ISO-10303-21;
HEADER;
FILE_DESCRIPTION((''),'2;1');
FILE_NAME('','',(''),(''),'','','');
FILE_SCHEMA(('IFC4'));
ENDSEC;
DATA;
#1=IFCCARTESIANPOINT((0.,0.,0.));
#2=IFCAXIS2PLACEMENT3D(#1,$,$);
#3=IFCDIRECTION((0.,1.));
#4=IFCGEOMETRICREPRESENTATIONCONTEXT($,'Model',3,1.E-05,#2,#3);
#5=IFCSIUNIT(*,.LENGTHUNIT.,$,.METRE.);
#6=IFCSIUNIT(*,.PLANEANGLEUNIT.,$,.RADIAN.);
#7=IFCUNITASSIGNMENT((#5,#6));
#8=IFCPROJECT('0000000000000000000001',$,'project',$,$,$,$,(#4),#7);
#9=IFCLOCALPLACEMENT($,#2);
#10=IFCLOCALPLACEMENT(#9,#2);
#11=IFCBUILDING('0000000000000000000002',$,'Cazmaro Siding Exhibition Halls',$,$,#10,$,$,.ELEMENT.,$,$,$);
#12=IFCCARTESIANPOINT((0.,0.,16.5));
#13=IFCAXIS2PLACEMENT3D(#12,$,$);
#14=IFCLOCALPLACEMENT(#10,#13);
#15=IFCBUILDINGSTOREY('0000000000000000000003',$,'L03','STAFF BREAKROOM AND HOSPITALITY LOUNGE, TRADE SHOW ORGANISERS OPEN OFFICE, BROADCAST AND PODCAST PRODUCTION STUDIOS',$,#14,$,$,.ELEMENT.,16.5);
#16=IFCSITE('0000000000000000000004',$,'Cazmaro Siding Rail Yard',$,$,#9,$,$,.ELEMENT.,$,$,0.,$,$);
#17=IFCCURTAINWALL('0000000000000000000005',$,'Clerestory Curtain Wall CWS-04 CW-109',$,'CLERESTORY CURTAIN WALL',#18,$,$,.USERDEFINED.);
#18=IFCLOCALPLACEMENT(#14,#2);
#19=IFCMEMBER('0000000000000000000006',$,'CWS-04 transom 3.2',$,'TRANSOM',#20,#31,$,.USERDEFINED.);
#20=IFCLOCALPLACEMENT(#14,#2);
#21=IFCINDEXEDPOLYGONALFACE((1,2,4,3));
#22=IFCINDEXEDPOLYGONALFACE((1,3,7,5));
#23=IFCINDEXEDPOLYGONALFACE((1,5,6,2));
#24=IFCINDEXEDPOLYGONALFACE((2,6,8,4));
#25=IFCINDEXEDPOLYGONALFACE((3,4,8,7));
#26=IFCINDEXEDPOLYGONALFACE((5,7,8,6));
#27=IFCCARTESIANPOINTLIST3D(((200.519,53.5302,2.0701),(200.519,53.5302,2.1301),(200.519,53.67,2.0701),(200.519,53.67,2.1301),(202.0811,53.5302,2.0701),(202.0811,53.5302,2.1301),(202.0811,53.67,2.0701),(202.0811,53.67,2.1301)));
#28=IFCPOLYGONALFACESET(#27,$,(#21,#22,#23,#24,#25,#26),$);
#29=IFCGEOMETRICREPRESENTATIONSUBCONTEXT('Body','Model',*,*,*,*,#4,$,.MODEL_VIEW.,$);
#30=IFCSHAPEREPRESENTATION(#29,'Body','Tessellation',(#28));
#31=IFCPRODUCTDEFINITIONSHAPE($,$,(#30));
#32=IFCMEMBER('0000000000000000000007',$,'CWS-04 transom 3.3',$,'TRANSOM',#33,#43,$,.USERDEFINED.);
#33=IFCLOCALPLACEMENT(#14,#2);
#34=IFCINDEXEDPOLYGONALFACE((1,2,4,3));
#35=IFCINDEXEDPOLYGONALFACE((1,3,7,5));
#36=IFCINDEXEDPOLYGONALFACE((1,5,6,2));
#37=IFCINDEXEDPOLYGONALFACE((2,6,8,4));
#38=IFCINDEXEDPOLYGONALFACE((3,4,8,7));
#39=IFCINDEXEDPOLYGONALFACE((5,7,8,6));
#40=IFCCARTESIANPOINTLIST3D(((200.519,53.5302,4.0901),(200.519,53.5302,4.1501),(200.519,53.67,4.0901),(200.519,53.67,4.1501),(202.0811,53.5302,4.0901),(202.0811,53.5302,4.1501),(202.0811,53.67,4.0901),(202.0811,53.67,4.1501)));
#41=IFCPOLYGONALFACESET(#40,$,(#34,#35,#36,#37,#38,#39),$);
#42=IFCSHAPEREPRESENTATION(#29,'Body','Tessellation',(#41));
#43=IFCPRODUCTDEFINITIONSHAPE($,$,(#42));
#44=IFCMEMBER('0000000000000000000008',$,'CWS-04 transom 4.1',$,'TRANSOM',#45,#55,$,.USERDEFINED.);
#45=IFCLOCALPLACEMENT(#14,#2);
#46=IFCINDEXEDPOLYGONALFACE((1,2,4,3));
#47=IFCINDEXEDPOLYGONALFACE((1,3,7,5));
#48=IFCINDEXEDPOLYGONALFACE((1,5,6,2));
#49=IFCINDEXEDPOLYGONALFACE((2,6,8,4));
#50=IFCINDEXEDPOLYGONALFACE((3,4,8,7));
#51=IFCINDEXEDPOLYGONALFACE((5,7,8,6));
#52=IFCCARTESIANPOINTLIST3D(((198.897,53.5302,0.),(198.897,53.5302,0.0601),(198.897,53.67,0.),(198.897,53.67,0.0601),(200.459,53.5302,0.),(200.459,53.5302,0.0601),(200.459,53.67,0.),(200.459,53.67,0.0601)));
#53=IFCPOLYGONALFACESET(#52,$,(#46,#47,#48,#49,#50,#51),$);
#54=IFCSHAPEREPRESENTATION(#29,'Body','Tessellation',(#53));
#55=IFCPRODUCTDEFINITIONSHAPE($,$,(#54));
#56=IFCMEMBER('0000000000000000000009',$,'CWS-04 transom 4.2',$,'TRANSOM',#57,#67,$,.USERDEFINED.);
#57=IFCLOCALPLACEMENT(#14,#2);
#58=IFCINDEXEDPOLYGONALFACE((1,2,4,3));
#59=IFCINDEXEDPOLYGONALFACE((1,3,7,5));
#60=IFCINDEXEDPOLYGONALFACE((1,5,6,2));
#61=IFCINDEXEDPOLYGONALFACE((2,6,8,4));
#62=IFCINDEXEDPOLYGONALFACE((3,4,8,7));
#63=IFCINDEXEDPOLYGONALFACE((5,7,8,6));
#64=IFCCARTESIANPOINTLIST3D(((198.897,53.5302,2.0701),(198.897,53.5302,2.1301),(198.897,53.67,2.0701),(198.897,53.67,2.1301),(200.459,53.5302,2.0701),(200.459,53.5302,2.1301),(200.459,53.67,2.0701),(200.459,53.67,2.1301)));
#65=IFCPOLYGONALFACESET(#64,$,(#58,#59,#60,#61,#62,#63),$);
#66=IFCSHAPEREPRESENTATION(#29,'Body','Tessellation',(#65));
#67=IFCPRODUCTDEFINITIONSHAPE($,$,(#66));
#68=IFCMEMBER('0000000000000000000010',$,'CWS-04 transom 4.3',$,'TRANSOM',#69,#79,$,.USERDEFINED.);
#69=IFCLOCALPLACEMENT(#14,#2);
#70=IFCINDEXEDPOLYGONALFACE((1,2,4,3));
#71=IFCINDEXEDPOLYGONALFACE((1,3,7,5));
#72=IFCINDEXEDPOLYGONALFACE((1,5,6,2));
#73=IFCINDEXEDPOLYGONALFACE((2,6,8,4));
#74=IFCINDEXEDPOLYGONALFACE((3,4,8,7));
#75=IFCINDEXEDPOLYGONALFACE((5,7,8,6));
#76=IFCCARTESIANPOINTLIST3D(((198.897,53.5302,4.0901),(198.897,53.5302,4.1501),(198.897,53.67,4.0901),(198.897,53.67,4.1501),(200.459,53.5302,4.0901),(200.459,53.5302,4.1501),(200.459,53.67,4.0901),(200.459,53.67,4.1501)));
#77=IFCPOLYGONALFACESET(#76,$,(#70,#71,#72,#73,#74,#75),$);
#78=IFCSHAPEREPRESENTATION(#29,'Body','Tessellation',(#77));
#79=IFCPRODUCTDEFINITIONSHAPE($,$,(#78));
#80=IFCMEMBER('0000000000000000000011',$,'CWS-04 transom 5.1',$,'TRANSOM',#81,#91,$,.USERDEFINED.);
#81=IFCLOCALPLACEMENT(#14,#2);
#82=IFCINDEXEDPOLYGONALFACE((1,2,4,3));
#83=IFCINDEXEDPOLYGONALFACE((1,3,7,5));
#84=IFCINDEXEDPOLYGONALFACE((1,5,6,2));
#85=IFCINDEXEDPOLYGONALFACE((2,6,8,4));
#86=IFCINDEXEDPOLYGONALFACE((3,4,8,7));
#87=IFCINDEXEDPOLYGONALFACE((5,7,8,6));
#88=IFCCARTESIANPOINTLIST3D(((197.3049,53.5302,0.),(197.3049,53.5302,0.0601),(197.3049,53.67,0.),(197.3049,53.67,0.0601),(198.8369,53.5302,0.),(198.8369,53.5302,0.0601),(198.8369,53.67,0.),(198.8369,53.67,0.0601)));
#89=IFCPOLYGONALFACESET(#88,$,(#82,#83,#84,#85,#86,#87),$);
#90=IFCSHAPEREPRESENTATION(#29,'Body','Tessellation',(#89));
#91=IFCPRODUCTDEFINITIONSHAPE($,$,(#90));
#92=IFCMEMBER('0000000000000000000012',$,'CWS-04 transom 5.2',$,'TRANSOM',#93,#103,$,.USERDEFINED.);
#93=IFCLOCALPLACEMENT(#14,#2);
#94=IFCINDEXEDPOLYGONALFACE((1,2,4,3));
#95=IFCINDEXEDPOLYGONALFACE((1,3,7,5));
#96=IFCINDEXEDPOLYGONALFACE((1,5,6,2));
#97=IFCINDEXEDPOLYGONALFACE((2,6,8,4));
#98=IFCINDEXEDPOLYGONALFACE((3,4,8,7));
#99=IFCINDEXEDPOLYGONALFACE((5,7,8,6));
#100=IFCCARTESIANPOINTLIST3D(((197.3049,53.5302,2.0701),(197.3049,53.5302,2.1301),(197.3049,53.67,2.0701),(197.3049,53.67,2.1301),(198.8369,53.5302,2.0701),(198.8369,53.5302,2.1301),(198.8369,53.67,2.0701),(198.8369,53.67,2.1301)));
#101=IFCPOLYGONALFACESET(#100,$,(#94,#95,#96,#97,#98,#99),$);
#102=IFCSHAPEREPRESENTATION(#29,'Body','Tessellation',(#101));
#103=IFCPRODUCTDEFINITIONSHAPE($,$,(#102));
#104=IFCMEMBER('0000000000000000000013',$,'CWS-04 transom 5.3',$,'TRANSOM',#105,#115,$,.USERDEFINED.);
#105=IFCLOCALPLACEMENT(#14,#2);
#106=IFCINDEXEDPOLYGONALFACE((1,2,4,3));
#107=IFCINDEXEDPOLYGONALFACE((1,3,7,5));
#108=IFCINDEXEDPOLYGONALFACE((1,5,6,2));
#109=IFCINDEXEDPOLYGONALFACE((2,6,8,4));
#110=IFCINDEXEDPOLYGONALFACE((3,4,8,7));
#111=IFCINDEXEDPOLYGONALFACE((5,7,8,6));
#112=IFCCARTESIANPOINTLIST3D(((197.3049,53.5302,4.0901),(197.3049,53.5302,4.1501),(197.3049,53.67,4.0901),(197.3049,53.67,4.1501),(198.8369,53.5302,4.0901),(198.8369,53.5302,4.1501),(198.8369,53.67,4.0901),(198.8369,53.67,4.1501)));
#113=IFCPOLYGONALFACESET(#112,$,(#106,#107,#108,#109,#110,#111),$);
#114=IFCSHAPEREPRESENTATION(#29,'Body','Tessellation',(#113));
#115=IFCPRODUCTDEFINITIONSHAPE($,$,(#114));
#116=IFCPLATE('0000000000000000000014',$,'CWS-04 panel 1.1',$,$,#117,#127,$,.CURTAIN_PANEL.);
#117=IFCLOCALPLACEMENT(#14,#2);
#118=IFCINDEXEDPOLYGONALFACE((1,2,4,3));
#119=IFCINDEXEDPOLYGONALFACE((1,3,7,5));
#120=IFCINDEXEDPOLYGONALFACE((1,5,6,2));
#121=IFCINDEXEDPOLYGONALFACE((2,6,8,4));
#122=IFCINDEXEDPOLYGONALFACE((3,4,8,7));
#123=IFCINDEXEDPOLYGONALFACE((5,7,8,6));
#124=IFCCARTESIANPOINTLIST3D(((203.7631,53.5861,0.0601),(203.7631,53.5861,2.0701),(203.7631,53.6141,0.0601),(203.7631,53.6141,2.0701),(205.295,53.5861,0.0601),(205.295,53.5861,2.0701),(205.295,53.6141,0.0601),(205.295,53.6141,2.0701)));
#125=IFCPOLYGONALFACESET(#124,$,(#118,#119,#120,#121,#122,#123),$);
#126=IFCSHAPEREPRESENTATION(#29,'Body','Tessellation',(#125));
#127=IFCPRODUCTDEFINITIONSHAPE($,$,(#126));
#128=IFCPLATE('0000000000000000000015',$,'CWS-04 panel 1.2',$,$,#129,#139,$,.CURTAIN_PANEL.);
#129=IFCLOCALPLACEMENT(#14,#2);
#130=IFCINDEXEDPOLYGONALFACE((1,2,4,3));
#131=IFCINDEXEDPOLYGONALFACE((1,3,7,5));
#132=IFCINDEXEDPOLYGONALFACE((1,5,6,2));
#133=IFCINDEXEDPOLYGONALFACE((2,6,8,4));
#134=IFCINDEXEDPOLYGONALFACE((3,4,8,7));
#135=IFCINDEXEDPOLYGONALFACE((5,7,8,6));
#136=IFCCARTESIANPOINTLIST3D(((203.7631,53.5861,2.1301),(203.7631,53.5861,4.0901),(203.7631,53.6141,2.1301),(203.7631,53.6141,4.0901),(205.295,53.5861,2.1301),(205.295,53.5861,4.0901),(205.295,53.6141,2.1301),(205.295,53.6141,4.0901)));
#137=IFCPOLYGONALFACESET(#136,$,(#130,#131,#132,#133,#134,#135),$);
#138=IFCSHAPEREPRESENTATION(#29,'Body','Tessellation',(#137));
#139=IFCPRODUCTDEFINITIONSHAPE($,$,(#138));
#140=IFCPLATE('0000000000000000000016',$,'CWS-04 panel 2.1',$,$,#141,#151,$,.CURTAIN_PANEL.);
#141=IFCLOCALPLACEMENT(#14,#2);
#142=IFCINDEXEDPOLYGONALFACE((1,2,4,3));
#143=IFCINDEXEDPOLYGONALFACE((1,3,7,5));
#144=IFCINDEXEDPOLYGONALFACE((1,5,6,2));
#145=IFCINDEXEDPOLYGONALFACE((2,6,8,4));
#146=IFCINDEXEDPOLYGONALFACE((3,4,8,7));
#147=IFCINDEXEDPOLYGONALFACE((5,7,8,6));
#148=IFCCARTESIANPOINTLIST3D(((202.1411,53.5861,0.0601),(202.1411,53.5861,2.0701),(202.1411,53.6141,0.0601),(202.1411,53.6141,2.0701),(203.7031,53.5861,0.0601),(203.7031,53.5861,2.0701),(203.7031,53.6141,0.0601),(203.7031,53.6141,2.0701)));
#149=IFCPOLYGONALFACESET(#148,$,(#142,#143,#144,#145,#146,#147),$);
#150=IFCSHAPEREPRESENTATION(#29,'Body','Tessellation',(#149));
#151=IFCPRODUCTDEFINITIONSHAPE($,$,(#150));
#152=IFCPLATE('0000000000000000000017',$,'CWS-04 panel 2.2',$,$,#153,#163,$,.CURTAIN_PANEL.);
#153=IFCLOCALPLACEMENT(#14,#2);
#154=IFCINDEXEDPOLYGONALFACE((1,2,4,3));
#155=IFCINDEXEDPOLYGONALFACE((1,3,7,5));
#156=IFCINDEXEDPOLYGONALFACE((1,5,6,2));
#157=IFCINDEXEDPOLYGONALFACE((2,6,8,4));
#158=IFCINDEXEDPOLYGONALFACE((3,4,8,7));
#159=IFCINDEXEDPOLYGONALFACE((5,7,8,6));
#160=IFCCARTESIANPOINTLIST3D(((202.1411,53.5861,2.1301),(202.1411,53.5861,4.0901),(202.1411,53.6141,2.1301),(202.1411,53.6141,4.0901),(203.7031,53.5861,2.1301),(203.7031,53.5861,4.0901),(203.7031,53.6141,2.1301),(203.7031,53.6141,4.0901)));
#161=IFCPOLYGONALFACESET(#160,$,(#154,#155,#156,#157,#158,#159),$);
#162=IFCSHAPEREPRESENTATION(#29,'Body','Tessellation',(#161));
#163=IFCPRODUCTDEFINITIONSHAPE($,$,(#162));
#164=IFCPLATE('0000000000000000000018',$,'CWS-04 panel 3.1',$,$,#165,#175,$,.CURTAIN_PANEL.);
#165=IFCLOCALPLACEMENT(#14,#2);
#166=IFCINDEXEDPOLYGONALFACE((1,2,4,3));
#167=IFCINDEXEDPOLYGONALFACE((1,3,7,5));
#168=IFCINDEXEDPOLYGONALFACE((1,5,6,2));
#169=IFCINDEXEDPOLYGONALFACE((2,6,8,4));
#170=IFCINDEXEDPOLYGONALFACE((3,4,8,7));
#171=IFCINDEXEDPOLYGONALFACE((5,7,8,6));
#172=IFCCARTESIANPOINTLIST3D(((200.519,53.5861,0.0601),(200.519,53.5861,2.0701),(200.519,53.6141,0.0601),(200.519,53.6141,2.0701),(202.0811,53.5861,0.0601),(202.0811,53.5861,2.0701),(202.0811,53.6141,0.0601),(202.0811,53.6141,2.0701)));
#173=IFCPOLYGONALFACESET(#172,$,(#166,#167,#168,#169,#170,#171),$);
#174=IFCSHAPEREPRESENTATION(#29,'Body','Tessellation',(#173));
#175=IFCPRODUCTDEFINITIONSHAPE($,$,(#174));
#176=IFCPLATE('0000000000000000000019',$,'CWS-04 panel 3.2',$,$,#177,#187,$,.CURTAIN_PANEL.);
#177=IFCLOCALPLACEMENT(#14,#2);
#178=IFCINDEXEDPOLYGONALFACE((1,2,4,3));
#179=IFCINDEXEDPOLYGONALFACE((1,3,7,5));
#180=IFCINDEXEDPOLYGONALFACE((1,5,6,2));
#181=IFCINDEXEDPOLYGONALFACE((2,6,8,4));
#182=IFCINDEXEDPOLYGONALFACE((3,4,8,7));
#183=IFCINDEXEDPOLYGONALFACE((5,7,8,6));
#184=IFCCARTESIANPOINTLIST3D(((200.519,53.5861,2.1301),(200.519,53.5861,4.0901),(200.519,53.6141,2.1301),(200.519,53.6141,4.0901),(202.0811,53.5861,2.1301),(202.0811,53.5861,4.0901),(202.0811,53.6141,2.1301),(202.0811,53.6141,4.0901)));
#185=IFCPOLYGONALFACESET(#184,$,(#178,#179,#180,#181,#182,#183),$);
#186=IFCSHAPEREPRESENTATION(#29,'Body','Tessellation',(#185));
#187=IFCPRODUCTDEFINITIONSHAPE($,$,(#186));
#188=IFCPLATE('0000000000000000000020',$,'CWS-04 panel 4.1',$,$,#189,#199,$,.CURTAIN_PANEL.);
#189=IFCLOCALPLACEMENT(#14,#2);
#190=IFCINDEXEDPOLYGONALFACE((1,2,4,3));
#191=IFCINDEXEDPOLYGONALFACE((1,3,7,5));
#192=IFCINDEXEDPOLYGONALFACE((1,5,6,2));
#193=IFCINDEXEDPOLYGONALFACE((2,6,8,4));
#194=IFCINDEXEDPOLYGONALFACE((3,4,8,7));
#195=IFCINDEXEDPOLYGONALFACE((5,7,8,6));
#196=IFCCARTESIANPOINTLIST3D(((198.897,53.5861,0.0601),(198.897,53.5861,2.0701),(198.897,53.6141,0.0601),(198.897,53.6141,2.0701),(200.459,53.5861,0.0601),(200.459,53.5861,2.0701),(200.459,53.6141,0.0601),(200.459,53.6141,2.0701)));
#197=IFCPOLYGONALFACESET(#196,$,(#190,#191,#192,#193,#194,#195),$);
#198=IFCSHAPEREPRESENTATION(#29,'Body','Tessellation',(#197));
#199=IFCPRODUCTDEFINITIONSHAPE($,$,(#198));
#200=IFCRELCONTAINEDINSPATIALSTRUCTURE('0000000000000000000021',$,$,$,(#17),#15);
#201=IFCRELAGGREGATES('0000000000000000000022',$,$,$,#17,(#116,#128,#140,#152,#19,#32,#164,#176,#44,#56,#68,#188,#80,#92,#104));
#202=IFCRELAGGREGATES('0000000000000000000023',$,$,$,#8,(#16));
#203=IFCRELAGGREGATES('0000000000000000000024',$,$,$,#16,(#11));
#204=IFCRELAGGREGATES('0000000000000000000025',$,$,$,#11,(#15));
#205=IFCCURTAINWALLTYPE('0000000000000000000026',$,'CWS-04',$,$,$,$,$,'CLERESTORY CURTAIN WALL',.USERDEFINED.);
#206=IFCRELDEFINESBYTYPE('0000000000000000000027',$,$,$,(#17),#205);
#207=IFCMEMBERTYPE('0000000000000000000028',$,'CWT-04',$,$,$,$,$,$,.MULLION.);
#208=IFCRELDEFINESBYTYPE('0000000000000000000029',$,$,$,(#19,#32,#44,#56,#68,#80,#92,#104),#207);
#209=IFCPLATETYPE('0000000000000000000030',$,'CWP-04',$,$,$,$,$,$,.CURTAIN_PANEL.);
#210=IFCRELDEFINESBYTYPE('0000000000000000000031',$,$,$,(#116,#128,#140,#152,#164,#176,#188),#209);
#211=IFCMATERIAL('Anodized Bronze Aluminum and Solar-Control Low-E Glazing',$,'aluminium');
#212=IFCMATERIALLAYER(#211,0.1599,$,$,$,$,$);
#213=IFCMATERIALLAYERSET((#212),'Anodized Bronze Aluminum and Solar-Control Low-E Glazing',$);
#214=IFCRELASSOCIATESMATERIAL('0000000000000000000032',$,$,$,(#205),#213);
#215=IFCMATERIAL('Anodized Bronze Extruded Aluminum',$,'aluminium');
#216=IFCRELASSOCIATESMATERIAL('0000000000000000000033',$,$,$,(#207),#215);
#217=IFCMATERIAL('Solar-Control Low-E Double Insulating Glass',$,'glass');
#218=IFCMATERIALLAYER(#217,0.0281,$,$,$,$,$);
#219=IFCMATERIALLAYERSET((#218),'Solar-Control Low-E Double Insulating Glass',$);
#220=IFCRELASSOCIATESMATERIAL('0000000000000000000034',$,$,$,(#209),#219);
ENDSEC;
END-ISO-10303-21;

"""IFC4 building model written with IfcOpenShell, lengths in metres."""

from ifc_helpers import new_model, si_unit, direction, frame, origin, origin_2d, place, context, subcontext, project, spatial, rectangle, extrude, material, layer, layer_set, material_profile, profile_set, type_object, element, aggregate, save


model = new_model("IFC4")

# Units and contexts
model_context = context("Model", 3, precision=1e-05, world=origin(), true_north=direction((0.0, 1.0)))
body_context = subcontext(model_context, "Body", "Model", "MODEL_VIEW")
ifc_project = project(units=[si_unit("LENGTHUNIT", "METRE"), si_unit("PLANEANGLEUNIT", "RADIAN")], contexts=[model_context])

# Site, building, storey
site_placement = place(None, origin())
site = spatial("IfcSite", under=ifc_project, at=site_placement, Name="Cazmaro Siding Rail Yard", CompositionType="ELEMENT", RefElevation=0.0)
building_placement = place(site_placement, origin())
building = spatial("IfcBuilding", under=site, at=building_placement, Name="Cazmaro Siding Exhibition Halls", CompositionType="ELEMENT")
storey_placement = place(building_placement, frame((0.0, 0.0, 16.5)))
storey = spatial("IfcBuildingStorey", under=building, at=storey_placement, Name="L03", Description="STAFF BREAKROOM AND HOSPITALITY LOUNGE, TRADE SHOW ORGANISERS OPEN OFFICE, BROADCAST AND PODCAST PRODUCTION STUDIOS", CompositionType="ELEMENT", Elevation=16.5)

# Curtain wall, members, plates
ifc_material_1 = material(Name="Anodized Bronze Aluminum and Solar-Control Low-E Glazing", Category="aluminium")
ifc_layer_1 = layer(ifc_material_1, 0.1599)
ifc_layer_set_1 = layer_set([ifc_layer_1], Name="Anodized Bronze Aluminum and Solar-Control Low-E Glazing")
curtain_wall_type = type_object("IfcCurtainWallType", Name="CWS-04", ElementType="CLERESTORY CURTAIN WALL", PredefinedType="USERDEFINED", material=ifc_layer_set_1)
curtain_wall_placement = place(storey_placement, origin())
curtain_wall = element("IfcCurtainWall", 1, at=curtain_wall_placement, inside=storey, type_object=curtain_wall_type, Name="Clerestory Curtain Wall CWS-04 CW-109", ObjectType="CLERESTORY CURTAIN WALL", PredefinedType="USERDEFINED")
ifc_material_2 = material(Name="Anodized Bronze Extruded Aluminum", Category="aluminium")
ifc_material_profile_1 = material_profile(ifc_material_2, rectangle(XDim=0.1399, YDim=0.0601, at=origin_2d()), Name="CWT-04")
ifc_profile_set_1 = profile_set([ifc_material_profile_1], Name="Anodized Bronze Extruded Aluminum")
member_type_1 = type_object("IfcMemberType", Name="CWT-04", PredefinedType="MULLION", material=ifc_profile_set_1)
member_1_placement = place(storey_placement, frame((202.0811, 53.6001, 2.1001), z_axis=(-1.0, 0.0, 0.0), x_axis=(0.0, -1.0, 0.0)))
member_1 = element("IfcMember", 2, at=member_1_placement, type_object=member_type_1, Name="CWS-04 transom 3.2", ObjectType="TRANSOM", PredefinedType="USERDEFINED", context=body_context, shape_type="SweptSolid", body=[
    extrude(rectangle(XDim=0.1399, YDim=0.0601, at=origin_2d()), origin(), (0.0, 0.0, 1.0), 1.562),
])
member_2_placement = place(storey_placement, frame((202.0811, 53.6001, 4.1201), z_axis=(-1.0, 0.0, 0.0), x_axis=(0.0, -1.0, 0.0)))
member_2 = element("IfcMember", 3, at=member_2_placement, type_object=member_type_1, Name="CWS-04 transom 3.3", ObjectType="TRANSOM", PredefinedType="USERDEFINED", context=body_context, shape_type="SweptSolid", body=[
    extrude(rectangle(XDim=0.1399, YDim=0.0601, at=origin_2d()), origin(), (0.0, 0.0, 1.0), 1.562),
])
member_3_placement = place(storey_placement, frame((200.459, 53.6001, 0.03), z_axis=(-1.0, 0.0, 0.0), x_axis=(0.0, -1.0, 0.0)))
member_3 = element("IfcMember", 4, at=member_3_placement, type_object=member_type_1, Name="CWS-04 transom 4.1", ObjectType="TRANSOM", PredefinedType="USERDEFINED", context=body_context, shape_type="SweptSolid", body=[
    extrude(rectangle(XDim=0.1399, YDim=0.0601, at=origin_2d()), origin(), (0.0, 0.0, 1.0), 1.562),
])
member_4_placement = place(storey_placement, frame((200.459, 53.6001, 2.1001), z_axis=(-1.0, 0.0, 0.0), x_axis=(0.0, -1.0, 0.0)))
member_4 = element("IfcMember", 5, at=member_4_placement, type_object=member_type_1, Name="CWS-04 transom 4.2", ObjectType="TRANSOM", PredefinedType="USERDEFINED", context=body_context, shape_type="SweptSolid", body=[
    extrude(rectangle(XDim=0.1399, YDim=0.0601, at=origin_2d()), origin(), (0.0, 0.0, 1.0), 1.562),
])
member_5_placement = place(storey_placement, frame((200.459, 53.6001, 4.1201), z_axis=(-1.0, 0.0, 0.0), x_axis=(0.0, -1.0, 0.0)))
member_5 = element("IfcMember", 6, at=member_5_placement, type_object=member_type_1, Name="CWS-04 transom 4.3", ObjectType="TRANSOM", PredefinedType="USERDEFINED", context=body_context, shape_type="SweptSolid", body=[
    extrude(rectangle(XDim=0.1399, YDim=0.0601, at=origin_2d()), origin(), (0.0, 0.0, 1.0), 1.562),
])
member_6_placement = place(storey_placement, frame((198.8369, 53.6001, 0.03), z_axis=(-1.0, 0.0, 0.0), x_axis=(0.0, -1.0, 0.0)))
member_6 = element("IfcMember", 7, at=member_6_placement, type_object=member_type_1, Name="CWS-04 transom 5.1", ObjectType="TRANSOM", PredefinedType="USERDEFINED", context=body_context, shape_type="SweptSolid", body=[
    extrude(rectangle(XDim=0.1399, YDim=0.0601, at=origin_2d()), origin(), (0.0, 0.0, 1.0), 1.532),
])
member_7_placement = place(storey_placement, frame((198.8369, 53.6001, 2.1001), z_axis=(-1.0, 0.0, 0.0), x_axis=(0.0, -1.0, 0.0)))
member_7 = element("IfcMember", 8, at=member_7_placement, type_object=member_type_1, Name="CWS-04 transom 5.2", ObjectType="TRANSOM", PredefinedType="USERDEFINED", context=body_context, shape_type="SweptSolid", body=[
    extrude(rectangle(XDim=0.1399, YDim=0.0601, at=origin_2d()), origin(), (0.0, 0.0, 1.0), 1.532),
])
member_8_placement = place(storey_placement, frame((198.8369, 53.6001, 4.1201), z_axis=(-1.0, 0.0, 0.0), x_axis=(0.0, -1.0, 0.0)))
member_8 = element("IfcMember", 9, at=member_8_placement, type_object=member_type_1, Name="CWS-04 transom 5.3", ObjectType="TRANSOM", PredefinedType="USERDEFINED", context=body_context, shape_type="SweptSolid", body=[
    extrude(rectangle(XDim=0.1399, YDim=0.0601, at=origin_2d()), origin(), (0.0, 0.0, 1.0), 1.532),
])
ifc_material_3 = material(Name="Solar-Control Low-E Double Insulating Glass", Category="glass")
ifc_layer_2 = layer(ifc_material_3, 0.0281)
ifc_layer_set_2 = layer_set([ifc_layer_2], Name="Solar-Control Low-E Double Insulating Glass")
plate_type = type_object("IfcPlateType", Name="CWP-04", PredefinedType="CURTAIN_PANEL", material=ifc_layer_set_2)
plate_1_placement = place(storey_placement, frame((204.5291, 53.6001, 0.0601), z_axis=(0.0, 0.0, 1.0), x_axis=(-1.0, 0.0, 0.0)))
plate_1 = element("IfcPlate", 10, at=plate_1_placement, type_object=plate_type, Name="CWS-04 panel 1.1", PredefinedType="CURTAIN_PANEL", context=body_context, shape_type="SweptSolid", body=[
    extrude(rectangle(XDim=1.532, YDim=0.0281, at=origin_2d()), origin(), (0.0, 0.0, 1.0), 2.01),
])
plate_2_placement = place(storey_placement, frame((204.5291, 53.6001, 2.1301), z_axis=(0.0, 0.0, 1.0), x_axis=(-1.0, 0.0, 0.0)))
plate_2 = element("IfcPlate", 11, at=plate_2_placement, type_object=plate_type, Name="CWS-04 panel 1.2", PredefinedType="CURTAIN_PANEL", context=body_context, shape_type="SweptSolid", body=[
    extrude(rectangle(XDim=1.532, YDim=0.0281, at=origin_2d()), origin(), (0.0, 0.0, 1.0), 1.96),
])
plate_3_placement = place(storey_placement, frame((202.9221, 53.6001, 0.0601), z_axis=(0.0, 0.0, 1.0), x_axis=(-1.0, 0.0, 0.0)))
plate_3 = element("IfcPlate", 12, at=plate_3_placement, type_object=plate_type, Name="CWS-04 panel 2.1", PredefinedType="CURTAIN_PANEL", context=body_context, shape_type="SweptSolid", body=[
    extrude(rectangle(XDim=1.562, YDim=0.0281, at=origin_2d()), origin(), (0.0, 0.0, 1.0), 2.01),
])
plate_4_placement = place(storey_placement, frame((202.9221, 53.6001, 2.1301), z_axis=(0.0, 0.0, 1.0), x_axis=(-1.0, 0.0, 0.0)))
plate_4 = element("IfcPlate", 13, at=plate_4_placement, type_object=plate_type, Name="CWS-04 panel 2.2", PredefinedType="CURTAIN_PANEL", context=body_context, shape_type="SweptSolid", body=[
    extrude(rectangle(XDim=1.562, YDim=0.0281, at=origin_2d()), origin(), (0.0, 0.0, 1.0), 1.96),
])
plate_5_placement = place(storey_placement, frame((201.3, 53.6001, 0.0601), z_axis=(0.0, 0.0, 1.0), x_axis=(-1.0, 0.0, 0.0)))
plate_5 = element("IfcPlate", 14, at=plate_5_placement, type_object=plate_type, Name="CWS-04 panel 3.1", PredefinedType="CURTAIN_PANEL", context=body_context, shape_type="SweptSolid", body=[
    extrude(rectangle(XDim=1.562, YDim=0.0281, at=origin_2d()), origin(), (0.0, 0.0, 1.0), 2.01),
])
plate_6_placement = place(storey_placement, frame((201.3, 53.6001, 2.1301), z_axis=(0.0, 0.0, 1.0), x_axis=(-1.0, 0.0, 0.0)))
plate_6 = element("IfcPlate", 15, at=plate_6_placement, type_object=plate_type, Name="CWS-04 panel 3.2", PredefinedType="CURTAIN_PANEL", context=body_context, shape_type="SweptSolid", body=[
    extrude(rectangle(XDim=1.562, YDim=0.0281, at=origin_2d()), origin(), (0.0, 0.0, 1.0), 1.96),
])
plate_7_placement = place(storey_placement, frame((199.678, 53.6001, 0.0601), z_axis=(0.0, 0.0, 1.0), x_axis=(-1.0, 0.0, 0.0)))
plate_7 = element("IfcPlate", 16, at=plate_7_placement, type_object=plate_type, Name="CWS-04 panel 4.1", PredefinedType="CURTAIN_PANEL", context=body_context, shape_type="SweptSolid", body=[
    extrude(rectangle(XDim=1.562, YDim=0.0281, at=origin_2d()), origin(), (0.0, 0.0, 1.0), 2.01),
])
aggregate(curtain_wall, [plate_1, plate_2, plate_3, plate_4, member_1, member_2, plate_5, plate_6, member_3, member_4, member_5, plate_7, member_6, member_7, member_8])

save(model, "model.ifc")
